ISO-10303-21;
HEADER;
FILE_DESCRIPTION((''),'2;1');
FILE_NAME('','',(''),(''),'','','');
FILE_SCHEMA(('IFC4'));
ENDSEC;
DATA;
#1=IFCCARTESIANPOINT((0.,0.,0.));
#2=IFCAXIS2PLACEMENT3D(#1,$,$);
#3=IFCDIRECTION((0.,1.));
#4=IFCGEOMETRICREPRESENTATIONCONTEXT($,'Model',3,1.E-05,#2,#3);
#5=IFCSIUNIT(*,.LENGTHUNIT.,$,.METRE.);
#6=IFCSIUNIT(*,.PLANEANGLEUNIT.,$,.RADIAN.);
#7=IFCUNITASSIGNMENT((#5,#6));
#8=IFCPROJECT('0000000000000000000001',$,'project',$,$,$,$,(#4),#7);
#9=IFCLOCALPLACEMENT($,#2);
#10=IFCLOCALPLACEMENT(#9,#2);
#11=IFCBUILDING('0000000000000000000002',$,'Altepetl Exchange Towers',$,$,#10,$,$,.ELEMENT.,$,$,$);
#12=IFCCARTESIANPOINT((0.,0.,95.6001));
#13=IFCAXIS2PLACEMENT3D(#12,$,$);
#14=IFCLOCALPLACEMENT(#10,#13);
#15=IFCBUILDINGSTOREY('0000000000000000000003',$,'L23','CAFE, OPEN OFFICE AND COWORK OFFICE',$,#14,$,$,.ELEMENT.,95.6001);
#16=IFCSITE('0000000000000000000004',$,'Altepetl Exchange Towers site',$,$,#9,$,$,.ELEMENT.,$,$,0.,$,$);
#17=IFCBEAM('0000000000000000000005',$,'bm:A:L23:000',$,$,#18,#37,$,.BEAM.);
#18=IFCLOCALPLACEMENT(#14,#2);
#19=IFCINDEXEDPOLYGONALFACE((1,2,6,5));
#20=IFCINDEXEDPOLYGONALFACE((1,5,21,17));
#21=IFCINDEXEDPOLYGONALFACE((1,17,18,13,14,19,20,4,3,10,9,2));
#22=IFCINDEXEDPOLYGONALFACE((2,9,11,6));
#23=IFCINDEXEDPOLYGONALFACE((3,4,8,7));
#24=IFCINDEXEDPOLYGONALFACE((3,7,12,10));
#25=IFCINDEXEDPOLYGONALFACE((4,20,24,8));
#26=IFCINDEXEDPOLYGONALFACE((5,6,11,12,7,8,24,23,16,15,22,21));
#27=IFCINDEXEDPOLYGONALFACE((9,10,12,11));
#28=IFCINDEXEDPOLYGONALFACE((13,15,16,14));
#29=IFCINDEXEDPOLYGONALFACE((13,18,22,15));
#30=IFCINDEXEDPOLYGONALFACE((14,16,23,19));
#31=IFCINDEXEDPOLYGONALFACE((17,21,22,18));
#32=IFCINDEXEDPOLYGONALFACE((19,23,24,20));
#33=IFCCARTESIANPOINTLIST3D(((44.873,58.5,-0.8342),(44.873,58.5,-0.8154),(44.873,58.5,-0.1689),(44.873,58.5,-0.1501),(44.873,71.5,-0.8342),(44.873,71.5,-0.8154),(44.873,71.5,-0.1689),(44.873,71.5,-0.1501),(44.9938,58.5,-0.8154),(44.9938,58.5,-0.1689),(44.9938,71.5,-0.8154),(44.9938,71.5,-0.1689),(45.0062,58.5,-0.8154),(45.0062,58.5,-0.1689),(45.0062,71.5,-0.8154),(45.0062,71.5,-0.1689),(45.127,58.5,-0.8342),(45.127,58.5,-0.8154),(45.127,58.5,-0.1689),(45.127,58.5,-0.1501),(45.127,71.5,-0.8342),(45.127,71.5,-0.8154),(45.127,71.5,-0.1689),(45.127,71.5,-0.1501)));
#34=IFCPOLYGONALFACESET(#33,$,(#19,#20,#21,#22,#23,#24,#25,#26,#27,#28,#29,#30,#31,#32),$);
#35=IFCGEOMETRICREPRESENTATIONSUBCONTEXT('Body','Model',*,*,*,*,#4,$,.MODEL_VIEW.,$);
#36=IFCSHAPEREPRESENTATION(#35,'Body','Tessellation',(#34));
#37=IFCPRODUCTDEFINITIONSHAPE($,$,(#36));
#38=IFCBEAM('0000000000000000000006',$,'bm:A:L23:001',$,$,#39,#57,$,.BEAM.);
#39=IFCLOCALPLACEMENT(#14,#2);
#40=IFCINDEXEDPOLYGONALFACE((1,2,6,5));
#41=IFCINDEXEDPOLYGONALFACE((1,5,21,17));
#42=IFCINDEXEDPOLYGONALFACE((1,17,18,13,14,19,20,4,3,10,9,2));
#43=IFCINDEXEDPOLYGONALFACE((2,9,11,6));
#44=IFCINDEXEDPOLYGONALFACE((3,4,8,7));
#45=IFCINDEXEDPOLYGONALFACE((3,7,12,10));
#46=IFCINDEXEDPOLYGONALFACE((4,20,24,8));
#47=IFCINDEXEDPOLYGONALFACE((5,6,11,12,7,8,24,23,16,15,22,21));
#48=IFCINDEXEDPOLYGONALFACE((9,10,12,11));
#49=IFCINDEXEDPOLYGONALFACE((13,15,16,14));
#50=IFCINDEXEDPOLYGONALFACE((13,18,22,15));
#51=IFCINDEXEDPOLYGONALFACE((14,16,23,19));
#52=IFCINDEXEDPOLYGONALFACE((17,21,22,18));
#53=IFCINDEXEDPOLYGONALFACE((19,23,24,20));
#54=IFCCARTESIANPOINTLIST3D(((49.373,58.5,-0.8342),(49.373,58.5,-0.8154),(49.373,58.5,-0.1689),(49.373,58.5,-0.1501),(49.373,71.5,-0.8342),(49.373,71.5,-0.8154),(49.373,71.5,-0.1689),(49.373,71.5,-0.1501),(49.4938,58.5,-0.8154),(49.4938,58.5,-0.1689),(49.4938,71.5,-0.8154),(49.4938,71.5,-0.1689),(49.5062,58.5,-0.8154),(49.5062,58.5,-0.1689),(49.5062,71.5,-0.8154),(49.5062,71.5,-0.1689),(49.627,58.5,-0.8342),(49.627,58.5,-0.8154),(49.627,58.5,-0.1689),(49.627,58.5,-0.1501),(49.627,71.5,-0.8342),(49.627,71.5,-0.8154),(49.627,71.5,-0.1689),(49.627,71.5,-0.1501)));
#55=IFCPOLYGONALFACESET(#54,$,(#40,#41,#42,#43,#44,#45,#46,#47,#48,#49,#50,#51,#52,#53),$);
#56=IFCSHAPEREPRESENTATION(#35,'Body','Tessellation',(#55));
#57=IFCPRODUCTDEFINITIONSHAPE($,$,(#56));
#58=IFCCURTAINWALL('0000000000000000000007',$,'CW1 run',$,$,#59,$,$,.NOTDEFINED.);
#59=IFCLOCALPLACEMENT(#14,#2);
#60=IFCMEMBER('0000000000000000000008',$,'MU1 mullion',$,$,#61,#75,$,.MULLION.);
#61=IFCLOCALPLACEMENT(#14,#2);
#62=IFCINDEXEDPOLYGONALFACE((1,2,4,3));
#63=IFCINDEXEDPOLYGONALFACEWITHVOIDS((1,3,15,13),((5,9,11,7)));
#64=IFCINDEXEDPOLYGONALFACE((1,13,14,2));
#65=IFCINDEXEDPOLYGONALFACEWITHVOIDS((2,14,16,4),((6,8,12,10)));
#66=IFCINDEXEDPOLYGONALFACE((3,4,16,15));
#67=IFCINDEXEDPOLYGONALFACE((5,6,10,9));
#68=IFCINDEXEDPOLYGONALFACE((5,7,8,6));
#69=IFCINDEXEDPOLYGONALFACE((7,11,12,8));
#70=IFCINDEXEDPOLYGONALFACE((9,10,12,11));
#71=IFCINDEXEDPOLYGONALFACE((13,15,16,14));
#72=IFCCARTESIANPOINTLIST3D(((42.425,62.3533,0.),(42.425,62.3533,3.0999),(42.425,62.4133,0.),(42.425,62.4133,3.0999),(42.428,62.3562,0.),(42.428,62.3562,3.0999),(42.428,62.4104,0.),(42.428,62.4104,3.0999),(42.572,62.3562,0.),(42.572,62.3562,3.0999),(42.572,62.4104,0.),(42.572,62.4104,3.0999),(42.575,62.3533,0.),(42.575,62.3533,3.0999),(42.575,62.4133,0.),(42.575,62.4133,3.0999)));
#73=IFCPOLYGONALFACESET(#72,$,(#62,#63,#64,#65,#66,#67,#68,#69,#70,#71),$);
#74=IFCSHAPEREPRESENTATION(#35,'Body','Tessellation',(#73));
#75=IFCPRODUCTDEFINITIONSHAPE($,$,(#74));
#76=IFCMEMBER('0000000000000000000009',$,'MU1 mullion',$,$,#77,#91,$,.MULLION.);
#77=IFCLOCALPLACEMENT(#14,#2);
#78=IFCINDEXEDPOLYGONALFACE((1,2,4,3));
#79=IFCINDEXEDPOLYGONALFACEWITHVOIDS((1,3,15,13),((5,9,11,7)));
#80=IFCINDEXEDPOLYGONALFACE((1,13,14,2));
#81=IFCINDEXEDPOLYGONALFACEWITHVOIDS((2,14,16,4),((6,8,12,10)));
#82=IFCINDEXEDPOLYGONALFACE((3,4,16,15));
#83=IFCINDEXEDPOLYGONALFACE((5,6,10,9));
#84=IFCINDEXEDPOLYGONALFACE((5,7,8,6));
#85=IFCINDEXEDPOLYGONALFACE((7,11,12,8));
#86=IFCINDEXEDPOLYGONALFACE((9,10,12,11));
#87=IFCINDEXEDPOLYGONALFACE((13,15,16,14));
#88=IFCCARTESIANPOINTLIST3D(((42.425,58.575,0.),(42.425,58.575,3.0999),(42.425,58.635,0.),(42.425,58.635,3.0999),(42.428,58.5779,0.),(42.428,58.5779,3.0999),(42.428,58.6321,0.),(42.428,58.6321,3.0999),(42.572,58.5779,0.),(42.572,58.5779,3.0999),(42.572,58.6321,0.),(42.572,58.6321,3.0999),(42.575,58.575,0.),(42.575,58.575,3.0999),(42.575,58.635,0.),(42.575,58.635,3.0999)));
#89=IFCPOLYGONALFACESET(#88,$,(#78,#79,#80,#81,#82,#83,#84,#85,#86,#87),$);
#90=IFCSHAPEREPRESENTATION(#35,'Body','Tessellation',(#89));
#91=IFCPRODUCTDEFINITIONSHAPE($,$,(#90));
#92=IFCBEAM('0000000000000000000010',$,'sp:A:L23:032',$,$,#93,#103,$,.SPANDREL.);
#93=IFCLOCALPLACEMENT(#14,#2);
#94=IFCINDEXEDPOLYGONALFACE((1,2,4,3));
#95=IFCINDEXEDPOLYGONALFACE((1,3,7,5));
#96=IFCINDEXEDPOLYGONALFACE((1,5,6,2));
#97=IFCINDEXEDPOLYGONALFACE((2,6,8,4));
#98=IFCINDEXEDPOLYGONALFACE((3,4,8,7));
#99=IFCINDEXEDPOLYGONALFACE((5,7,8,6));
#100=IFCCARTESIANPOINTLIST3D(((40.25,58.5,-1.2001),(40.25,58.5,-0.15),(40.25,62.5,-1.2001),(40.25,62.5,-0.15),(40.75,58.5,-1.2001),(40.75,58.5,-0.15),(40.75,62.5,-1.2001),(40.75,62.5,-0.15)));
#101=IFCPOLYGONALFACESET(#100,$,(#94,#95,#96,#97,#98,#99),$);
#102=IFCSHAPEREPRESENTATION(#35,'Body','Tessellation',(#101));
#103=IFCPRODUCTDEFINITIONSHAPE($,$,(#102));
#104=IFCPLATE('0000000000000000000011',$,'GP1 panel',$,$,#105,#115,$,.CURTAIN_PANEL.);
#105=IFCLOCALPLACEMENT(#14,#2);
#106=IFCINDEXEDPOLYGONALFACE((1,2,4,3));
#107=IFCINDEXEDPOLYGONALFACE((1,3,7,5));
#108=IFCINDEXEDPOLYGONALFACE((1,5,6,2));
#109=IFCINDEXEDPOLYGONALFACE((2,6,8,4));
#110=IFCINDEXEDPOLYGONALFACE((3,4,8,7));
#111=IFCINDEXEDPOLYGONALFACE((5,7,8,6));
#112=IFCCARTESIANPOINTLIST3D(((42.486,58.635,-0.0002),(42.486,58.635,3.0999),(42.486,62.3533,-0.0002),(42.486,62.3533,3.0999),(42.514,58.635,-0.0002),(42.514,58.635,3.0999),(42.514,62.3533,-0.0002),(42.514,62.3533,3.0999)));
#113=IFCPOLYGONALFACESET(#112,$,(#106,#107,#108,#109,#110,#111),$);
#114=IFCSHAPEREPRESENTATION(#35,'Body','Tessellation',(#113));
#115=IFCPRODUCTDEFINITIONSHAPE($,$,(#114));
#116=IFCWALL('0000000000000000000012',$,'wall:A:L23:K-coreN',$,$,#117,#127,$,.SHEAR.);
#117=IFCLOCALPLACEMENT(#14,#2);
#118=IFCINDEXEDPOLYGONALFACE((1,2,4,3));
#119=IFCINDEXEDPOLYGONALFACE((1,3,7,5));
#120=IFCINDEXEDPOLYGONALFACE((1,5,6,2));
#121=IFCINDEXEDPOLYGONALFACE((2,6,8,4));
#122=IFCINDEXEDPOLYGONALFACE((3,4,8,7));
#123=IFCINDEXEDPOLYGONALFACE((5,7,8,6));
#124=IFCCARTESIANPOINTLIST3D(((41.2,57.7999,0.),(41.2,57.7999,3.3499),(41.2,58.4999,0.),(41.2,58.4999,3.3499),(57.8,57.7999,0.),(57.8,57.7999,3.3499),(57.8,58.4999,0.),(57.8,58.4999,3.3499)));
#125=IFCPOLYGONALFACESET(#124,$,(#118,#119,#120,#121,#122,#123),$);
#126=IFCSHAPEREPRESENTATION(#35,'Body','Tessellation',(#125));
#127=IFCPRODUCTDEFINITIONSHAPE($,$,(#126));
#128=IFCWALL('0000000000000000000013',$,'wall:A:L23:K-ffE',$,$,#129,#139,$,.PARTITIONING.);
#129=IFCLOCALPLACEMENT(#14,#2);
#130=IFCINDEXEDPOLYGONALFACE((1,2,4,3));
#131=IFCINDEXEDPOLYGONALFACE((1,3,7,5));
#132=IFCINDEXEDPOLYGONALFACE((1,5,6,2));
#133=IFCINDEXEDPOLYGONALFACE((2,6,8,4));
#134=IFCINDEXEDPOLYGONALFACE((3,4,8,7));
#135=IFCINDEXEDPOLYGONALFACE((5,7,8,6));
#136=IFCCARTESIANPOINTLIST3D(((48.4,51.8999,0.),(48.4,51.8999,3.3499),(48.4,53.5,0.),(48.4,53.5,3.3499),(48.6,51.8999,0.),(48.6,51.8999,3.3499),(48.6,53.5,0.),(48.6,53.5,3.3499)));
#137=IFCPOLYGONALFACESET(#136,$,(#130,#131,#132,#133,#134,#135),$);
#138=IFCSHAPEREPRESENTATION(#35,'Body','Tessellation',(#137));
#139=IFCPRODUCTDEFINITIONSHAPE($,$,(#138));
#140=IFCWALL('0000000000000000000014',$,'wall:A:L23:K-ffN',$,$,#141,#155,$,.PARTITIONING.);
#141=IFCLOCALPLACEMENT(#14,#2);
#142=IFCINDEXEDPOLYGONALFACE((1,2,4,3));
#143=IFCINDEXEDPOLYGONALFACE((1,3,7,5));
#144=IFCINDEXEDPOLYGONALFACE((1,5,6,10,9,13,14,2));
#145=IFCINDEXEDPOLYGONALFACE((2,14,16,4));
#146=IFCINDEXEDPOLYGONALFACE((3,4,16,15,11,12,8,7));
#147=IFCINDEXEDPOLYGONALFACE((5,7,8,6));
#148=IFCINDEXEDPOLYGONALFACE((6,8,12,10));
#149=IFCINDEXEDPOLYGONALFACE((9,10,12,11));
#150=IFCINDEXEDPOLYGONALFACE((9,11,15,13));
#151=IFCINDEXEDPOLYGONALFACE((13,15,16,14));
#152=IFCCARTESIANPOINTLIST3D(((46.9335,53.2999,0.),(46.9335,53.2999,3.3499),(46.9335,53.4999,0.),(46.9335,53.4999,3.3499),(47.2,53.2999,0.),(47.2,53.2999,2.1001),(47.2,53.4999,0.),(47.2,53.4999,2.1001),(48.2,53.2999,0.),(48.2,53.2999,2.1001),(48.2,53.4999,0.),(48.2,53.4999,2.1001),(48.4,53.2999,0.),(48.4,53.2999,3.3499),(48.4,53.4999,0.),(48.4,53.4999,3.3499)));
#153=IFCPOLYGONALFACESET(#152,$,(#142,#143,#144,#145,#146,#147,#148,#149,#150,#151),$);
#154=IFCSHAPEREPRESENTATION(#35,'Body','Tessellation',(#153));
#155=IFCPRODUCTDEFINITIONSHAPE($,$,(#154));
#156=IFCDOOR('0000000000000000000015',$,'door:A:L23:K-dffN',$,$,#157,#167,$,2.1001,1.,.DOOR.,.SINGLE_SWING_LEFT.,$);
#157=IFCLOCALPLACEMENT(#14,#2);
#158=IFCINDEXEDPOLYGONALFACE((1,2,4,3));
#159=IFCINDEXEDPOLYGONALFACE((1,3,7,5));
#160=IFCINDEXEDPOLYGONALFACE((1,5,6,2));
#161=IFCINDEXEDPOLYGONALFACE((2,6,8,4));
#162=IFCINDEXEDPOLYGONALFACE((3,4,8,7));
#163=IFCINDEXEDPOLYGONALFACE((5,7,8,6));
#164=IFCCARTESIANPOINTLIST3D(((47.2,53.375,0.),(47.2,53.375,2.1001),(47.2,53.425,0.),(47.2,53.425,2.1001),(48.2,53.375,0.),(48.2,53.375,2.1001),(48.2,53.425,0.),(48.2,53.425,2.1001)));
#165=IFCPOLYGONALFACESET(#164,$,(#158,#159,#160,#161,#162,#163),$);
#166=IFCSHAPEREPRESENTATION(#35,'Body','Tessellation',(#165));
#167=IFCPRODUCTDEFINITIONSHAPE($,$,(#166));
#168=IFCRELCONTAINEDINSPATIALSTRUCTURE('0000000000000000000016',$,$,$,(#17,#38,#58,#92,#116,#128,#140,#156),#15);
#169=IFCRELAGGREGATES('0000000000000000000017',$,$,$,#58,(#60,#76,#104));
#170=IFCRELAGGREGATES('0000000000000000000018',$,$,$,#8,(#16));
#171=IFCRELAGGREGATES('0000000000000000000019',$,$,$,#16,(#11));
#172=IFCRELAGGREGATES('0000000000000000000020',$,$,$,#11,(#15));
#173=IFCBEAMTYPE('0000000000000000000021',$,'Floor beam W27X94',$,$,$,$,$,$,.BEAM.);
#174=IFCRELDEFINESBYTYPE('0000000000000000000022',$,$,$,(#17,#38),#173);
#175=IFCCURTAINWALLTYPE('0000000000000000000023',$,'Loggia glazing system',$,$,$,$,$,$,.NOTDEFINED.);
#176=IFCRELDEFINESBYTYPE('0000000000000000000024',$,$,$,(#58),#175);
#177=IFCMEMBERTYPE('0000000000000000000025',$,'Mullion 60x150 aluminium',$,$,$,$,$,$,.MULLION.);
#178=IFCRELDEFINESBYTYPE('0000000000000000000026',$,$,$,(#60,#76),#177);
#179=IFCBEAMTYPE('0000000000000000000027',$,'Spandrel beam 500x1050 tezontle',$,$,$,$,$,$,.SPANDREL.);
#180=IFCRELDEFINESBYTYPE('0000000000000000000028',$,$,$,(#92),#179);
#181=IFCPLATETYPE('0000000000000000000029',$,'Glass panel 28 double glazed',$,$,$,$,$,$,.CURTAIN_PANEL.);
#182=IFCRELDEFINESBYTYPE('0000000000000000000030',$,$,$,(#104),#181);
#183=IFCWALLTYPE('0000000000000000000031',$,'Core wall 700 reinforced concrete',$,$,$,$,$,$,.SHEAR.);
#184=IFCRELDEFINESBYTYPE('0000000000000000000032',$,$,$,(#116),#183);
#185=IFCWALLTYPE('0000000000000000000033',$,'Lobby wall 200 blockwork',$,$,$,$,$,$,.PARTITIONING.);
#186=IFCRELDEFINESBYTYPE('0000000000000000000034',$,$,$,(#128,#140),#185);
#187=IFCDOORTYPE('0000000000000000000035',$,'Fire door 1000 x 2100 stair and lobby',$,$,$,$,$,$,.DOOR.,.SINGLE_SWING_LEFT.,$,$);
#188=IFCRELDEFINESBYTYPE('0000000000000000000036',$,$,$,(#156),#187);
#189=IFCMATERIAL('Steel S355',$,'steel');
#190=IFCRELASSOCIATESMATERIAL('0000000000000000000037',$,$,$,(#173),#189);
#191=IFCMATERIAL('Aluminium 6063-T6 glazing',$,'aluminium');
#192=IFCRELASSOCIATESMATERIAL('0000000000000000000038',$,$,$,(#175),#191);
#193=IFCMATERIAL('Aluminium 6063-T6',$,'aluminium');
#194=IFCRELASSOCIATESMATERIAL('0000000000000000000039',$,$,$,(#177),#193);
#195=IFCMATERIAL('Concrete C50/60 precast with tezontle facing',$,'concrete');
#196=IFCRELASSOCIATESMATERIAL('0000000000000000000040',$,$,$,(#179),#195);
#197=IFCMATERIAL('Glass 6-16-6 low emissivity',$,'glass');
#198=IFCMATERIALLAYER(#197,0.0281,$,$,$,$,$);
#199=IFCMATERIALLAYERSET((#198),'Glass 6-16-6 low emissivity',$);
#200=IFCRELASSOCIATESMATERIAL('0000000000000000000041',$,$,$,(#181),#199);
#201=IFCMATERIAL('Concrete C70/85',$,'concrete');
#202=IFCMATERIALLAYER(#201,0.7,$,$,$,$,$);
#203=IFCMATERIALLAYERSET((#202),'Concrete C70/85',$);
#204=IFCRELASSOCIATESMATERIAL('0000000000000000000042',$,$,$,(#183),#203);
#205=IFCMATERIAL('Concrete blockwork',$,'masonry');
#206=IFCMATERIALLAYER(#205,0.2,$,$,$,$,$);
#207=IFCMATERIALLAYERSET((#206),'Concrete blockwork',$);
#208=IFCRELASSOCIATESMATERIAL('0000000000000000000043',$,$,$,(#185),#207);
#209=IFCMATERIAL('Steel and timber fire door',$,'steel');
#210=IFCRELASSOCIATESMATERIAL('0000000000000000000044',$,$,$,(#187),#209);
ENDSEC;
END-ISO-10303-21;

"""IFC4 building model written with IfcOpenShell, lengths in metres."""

from ifc_helpers import new_model, si_unit, direction, frame, frame_2d, origin, origin_2d, place, context, subcontext, project, spatial, rectangle, hollow_rectangle, i_section, extrude, material, layer, layer_set, material_profile, profile_set, type_object, element, fill, aggregate, save


model = new_model("IFC4")

# Units and contexts
model_context = context("Model", 3, precision=1e-05, world=origin(), true_north=direction((0.0, 1.0)))
body_context = subcontext(model_context, "Body", "Model", "MODEL_VIEW")
ifc_project = project(units=[si_unit("LENGTHUNIT", "METRE"), si_unit("PLANEANGLEUNIT", "RADIAN")], contexts=[model_context])

# Site, building, storey
site_placement = place(None, origin())
site = spatial("IfcSite", under=ifc_project, at=site_placement, Name="Altepetl Exchange Towers site", CompositionType="ELEMENT", RefElevation=0.0)
building_placement = place(site_placement, origin())
building = spatial("IfcBuilding", under=site, at=building_placement, Name="Altepetl Exchange Towers", CompositionType="ELEMENT")
storey_placement = place(building_placement, frame((0.0, 0.0, 95.6001)))
storey = spatial("IfcBuildingStorey", under=building, at=storey_placement, Name="L23", Description="CAFE, OPEN OFFICE AND COWORK OFFICE", CompositionType="ELEMENT", Elevation=95.6001)

# Beams
ifc_material_1 = material(Name="Steel S355", Category="steel")
ifc_material_profile_1 = material_profile(ifc_material_1, i_section(OverallWidth=0.2539, OverallDepth=0.6841, WebThickness=0.0125, FlangeThickness=0.0188, at=origin_2d()), Name="W27X94")
ifc_profile_set_1 = profile_set([ifc_material_profile_1], Name="Steel S355")
beam_type_1 = type_object("IfcBeamType", Name="Floor beam W27X94", PredefinedType="BEAM", material=ifc_profile_set_1)
for number, where, z_axis, x_axis, name in (
    (1, (45.0, 58.5, -0.4922), (0.0, 1.0, 0.0), (-1.0, 0.0, 0.0), "bm:A:L23:000"),
    (2, (49.5, 58.5, -0.4922), (0.0, 1.0, 0.0), (-1.0, 0.0, 0.0), "bm:A:L23:001"),
):
    element("IfcBeam", number, at=place(storey_placement, frame(where, z_axis=z_axis, x_axis=x_axis)), inside=storey, type_object=beam_type_1, Name=name, PredefinedType="BEAM", context=body_context, shape_type="SweptSolid", body=[
        extrude(i_section(OverallWidth=0.2539, OverallDepth=0.6841, WebThickness=0.0125, FlangeThickness=0.0188, at=origin_2d()), origin(), (0.0, 0.0, 1.0), 13.0),
    ])

# Curtain wall, members
ifc_material_2 = material(Name="Aluminium 6063-T6 glazing", Category="aluminium")
curtain_wall_type = type_object("IfcCurtainWallType", Name="Loggia glazing system", PredefinedType="NOTDEFINED", material=ifc_material_2)
curtain_wall_placement = place(storey_placement, origin())
curtain_wall = element("IfcCurtainWall", 3, at=curtain_wall_placement, inside=storey, type_object=curtain_wall_type, Name="CW1 run", PredefinedType="NOTDEFINED")
ifc_material_3 = material(Name="Aluminium 6063-T6", Category="aluminium")
ifc_material_profile_2 = material_profile(ifc_material_3, hollow_rectangle(XDim=0.0601, YDim=0.1499, WallThickness=0.0029, at=origin_2d()), Name="Mullion 60x150 aluminium")
ifc_profile_set_2 = profile_set([ifc_material_profile_2], Name="Aluminium 6063-T6")
member_type = type_object("IfcMemberType", Name="Mullion 60x150 aluminium", PredefinedType="MULLION", material=ifc_profile_set_2)
member_1_placement = place(storey_placement, frame((42.5, 62.3833, 0.0), z_axis=(0.0, 0.0, 1.0), x_axis=(0.0, -1.0, 0.0)))
member_1 = element("IfcMember", 4, at=member_1_placement, type_object=member_type, Name="MU1 mullion", PredefinedType="MULLION", context=body_context, shape_type="SweptSolid", body=[
    extrude(hollow_rectangle(XDim=0.0601, YDim=0.1499, WallThickness=0.0029, at=origin_2d()), origin(), (0.0, 0.0, 1.0), 3.0999),
])
member_2_placement = place(storey_placement, frame((42.5, 58.605, 0.0), z_axis=(0.0, 0.0, 1.0), x_axis=(0.0, -1.0, 0.0)))
member_2 = element("IfcMember", 5, at=member_2_placement, type_object=member_type, Name="MU1 mullion", PredefinedType="MULLION", context=body_context, shape_type="SweptSolid", body=[
    extrude(hollow_rectangle(XDim=0.0601, YDim=0.1499, WallThickness=0.0029, at=origin_2d()), origin(), (0.0, 0.0, 1.0), 3.0999),
])

# Beam
ifc_material_4 = material(Name="Concrete C50/60 precast with tezontle facing", Category="concrete")
ifc_material_profile_3 = material_profile(ifc_material_4, rectangle(XDim=0.5, YDim=1.05, at=origin_2d()), Name="500 x 1050")
ifc_profile_set_3 = profile_set([ifc_material_profile_3], Name="Concrete C50/60 precast with tezontle facing")
beam_type_2 = type_object("IfcBeamType", Name="Spandrel beam 500x1050 tezontle", PredefinedType="SPANDREL", material=ifc_profile_set_3)
beam_placement = place(storey_placement, frame((40.5, 62.5, -0.675), z_axis=(0.0, -1.0, 0.0), x_axis=(1.0, 0.0, 0.0)))
element("IfcBeam", 6, at=beam_placement, inside=storey, type_object=beam_type_2, Name="sp:A:L23:032", PredefinedType="SPANDREL", context=body_context, shape_type="SweptSolid", body=[
    extrude(rectangle(XDim=0.5, YDim=1.05, at=origin_2d()), origin(), (0.0, 0.0, 1.0), 4.0),
])

# Plate
ifc_material_5 = material(Name="Glass 6-16-6 low emissivity", Category="glass")
ifc_layer_1 = layer(ifc_material_5, 0.0281)
ifc_layer_set_1 = layer_set([ifc_layer_1], Name="Glass 6-16-6 low emissivity")
plate_type = type_object("IfcPlateType", Name="Glass panel 28 double glazed", PredefinedType="CURTAIN_PANEL", material=ifc_layer_set_1)
plate_placement = place(storey_placement, frame((42.5, 60.4941, -0.0002), z_axis=(0.0, 0.0, 1.0), x_axis=(0.0, -1.0, 0.0)))
plate = element("IfcPlate", 7, at=plate_placement, type_object=plate_type, Name="GP1 panel", PredefinedType="CURTAIN_PANEL", context=body_context, shape_type="SweptSolid", body=[
    extrude(rectangle(XDim=3.7183, YDim=0.0281, at=origin_2d()), origin(), (0.0, 0.0, 1.0), 3.1001),
])
aggregate(curtain_wall, [member_1, member_2, plate])

# Walls
ifc_material_6 = material(Name="Concrete C70/85", Category="concrete")
ifc_layer_2 = layer(ifc_material_6, 0.7)
ifc_layer_set_2 = layer_set([ifc_layer_2], Name="Concrete C70/85")
wall_type_1 = type_object("IfcWallType", Name="Core wall 700 reinforced concrete", PredefinedType="SHEAR", material=ifc_layer_set_2)
wall_1_placement = place(storey_placement, frame((41.2, 58.1499, 0.0)))
element("IfcWall", 8, at=wall_1_placement, inside=storey, type_object=wall_type_1, Name="wall:A:L23:K-coreN", PredefinedType="SHEAR", context=body_context, shape_type="SweptSolid", body=[
    extrude(rectangle(XDim=16.6001, YDim=0.7, at=frame_2d((8.3, 0.0))), origin(), (0.0, 0.0, 1.0), 3.3499),
])
ifc_material_7 = material(Name="Concrete blockwork", Category="masonry")
ifc_layer_3 = layer(ifc_material_7, 0.2)
ifc_layer_set_3 = layer_set([ifc_layer_3], Name="Concrete blockwork")
wall_type_2 = type_object("IfcWallType", Name="Lobby wall 200 blockwork", PredefinedType="PARTITIONING", material=ifc_layer_set_3)
wall_2_placement = place(storey_placement, frame((48.5, 51.8999, 0.0), z_axis=(0.0, 0.0, 1.0), x_axis=(0.0, 1.0, 0.0)))
element("IfcWall", 9, at=wall_2_placement, inside=storey, type_object=wall_type_2, Name="wall:A:L23:K-ffE", PredefinedType="PARTITIONING", context=body_context, shape_type="SweptSolid", body=[
    extrude(rectangle(XDim=1.6001, YDim=0.2, at=frame_2d((0.8, 0.0))), origin(), (0.0, 0.0, 1.0), 3.3499),
])

# Wall, opening, door
wall_3_placement = place(storey_placement, frame((46.9333, 53.3999, 0.0)))
wall_3 = element("IfcWall", 10, at=wall_3_placement, inside=storey, type_object=wall_type_2, Name="wall:A:L23:K-ffN", PredefinedType="PARTITIONING", context=body_context, shape_type="SweptSolid", body=[
    extrude(rectangle(XDim=1.4666, YDim=0.2, at=frame_2d((0.7334, 0.0))), origin(), (0.0, 0.0, 1.0), 3.3499),
])
opening_1_placement = place(wall_3_placement, frame((0.2666, 0.0, 0.0)))
opening_1 = element("IfcOpeningElement", 11, at=opening_1_placement, cuts=wall_3, PredefinedType="OPENING", context=body_context, shape_type="SweptSolid", body=[
    extrude(rectangle(XDim=1.0, YDim=2.1001, at=frame_2d((0.5, 1.05))), frame((0.0, 0.1099, 0.0), z_axis=(0.0, -1.0, 0.0), x_axis=(1.0, 0.0, 0.0)), (0.0, 0.0, 1.0), 0.22),
])
ifc_material_8 = material(Name="Steel and timber fire door", Category="steel")
door_type_1 = type_object("IfcDoorType", Name="Fire door 1000 x 2100 stair and lobby", OperationType="SINGLE_SWING_LEFT", PredefinedType="DOOR", material=ifc_material_8)
door_1_placement = place(opening_1_placement, frame((1.0, 0.0, 0.0), x_axis=(-1.0, 0.0, 0.0)))
door_1 = element("IfcDoor", 12, at=door_1_placement, inside=storey, type_object=door_type_1, Name="door:A:L23:K-dffN", OperationType="SINGLE_SWING_LEFT", OverallHeight=2.1001, OverallWidth=1.0, PredefinedType="DOOR", context=body_context, shape_type="SweptSolid", body=[
    extrude(rectangle(XDim=1.0, YDim=2.1001, at=frame_2d((0.5, 1.05))), frame((0.0, 0.0249, 0.0), z_axis=(0.0, -1.0, 0.0), x_axis=(1.0, 0.0, 0.0)), (0.0, 0.0, 1.0), 0.05),
])
fill(opening_1, door_1)

save(model, "model.ifc")
